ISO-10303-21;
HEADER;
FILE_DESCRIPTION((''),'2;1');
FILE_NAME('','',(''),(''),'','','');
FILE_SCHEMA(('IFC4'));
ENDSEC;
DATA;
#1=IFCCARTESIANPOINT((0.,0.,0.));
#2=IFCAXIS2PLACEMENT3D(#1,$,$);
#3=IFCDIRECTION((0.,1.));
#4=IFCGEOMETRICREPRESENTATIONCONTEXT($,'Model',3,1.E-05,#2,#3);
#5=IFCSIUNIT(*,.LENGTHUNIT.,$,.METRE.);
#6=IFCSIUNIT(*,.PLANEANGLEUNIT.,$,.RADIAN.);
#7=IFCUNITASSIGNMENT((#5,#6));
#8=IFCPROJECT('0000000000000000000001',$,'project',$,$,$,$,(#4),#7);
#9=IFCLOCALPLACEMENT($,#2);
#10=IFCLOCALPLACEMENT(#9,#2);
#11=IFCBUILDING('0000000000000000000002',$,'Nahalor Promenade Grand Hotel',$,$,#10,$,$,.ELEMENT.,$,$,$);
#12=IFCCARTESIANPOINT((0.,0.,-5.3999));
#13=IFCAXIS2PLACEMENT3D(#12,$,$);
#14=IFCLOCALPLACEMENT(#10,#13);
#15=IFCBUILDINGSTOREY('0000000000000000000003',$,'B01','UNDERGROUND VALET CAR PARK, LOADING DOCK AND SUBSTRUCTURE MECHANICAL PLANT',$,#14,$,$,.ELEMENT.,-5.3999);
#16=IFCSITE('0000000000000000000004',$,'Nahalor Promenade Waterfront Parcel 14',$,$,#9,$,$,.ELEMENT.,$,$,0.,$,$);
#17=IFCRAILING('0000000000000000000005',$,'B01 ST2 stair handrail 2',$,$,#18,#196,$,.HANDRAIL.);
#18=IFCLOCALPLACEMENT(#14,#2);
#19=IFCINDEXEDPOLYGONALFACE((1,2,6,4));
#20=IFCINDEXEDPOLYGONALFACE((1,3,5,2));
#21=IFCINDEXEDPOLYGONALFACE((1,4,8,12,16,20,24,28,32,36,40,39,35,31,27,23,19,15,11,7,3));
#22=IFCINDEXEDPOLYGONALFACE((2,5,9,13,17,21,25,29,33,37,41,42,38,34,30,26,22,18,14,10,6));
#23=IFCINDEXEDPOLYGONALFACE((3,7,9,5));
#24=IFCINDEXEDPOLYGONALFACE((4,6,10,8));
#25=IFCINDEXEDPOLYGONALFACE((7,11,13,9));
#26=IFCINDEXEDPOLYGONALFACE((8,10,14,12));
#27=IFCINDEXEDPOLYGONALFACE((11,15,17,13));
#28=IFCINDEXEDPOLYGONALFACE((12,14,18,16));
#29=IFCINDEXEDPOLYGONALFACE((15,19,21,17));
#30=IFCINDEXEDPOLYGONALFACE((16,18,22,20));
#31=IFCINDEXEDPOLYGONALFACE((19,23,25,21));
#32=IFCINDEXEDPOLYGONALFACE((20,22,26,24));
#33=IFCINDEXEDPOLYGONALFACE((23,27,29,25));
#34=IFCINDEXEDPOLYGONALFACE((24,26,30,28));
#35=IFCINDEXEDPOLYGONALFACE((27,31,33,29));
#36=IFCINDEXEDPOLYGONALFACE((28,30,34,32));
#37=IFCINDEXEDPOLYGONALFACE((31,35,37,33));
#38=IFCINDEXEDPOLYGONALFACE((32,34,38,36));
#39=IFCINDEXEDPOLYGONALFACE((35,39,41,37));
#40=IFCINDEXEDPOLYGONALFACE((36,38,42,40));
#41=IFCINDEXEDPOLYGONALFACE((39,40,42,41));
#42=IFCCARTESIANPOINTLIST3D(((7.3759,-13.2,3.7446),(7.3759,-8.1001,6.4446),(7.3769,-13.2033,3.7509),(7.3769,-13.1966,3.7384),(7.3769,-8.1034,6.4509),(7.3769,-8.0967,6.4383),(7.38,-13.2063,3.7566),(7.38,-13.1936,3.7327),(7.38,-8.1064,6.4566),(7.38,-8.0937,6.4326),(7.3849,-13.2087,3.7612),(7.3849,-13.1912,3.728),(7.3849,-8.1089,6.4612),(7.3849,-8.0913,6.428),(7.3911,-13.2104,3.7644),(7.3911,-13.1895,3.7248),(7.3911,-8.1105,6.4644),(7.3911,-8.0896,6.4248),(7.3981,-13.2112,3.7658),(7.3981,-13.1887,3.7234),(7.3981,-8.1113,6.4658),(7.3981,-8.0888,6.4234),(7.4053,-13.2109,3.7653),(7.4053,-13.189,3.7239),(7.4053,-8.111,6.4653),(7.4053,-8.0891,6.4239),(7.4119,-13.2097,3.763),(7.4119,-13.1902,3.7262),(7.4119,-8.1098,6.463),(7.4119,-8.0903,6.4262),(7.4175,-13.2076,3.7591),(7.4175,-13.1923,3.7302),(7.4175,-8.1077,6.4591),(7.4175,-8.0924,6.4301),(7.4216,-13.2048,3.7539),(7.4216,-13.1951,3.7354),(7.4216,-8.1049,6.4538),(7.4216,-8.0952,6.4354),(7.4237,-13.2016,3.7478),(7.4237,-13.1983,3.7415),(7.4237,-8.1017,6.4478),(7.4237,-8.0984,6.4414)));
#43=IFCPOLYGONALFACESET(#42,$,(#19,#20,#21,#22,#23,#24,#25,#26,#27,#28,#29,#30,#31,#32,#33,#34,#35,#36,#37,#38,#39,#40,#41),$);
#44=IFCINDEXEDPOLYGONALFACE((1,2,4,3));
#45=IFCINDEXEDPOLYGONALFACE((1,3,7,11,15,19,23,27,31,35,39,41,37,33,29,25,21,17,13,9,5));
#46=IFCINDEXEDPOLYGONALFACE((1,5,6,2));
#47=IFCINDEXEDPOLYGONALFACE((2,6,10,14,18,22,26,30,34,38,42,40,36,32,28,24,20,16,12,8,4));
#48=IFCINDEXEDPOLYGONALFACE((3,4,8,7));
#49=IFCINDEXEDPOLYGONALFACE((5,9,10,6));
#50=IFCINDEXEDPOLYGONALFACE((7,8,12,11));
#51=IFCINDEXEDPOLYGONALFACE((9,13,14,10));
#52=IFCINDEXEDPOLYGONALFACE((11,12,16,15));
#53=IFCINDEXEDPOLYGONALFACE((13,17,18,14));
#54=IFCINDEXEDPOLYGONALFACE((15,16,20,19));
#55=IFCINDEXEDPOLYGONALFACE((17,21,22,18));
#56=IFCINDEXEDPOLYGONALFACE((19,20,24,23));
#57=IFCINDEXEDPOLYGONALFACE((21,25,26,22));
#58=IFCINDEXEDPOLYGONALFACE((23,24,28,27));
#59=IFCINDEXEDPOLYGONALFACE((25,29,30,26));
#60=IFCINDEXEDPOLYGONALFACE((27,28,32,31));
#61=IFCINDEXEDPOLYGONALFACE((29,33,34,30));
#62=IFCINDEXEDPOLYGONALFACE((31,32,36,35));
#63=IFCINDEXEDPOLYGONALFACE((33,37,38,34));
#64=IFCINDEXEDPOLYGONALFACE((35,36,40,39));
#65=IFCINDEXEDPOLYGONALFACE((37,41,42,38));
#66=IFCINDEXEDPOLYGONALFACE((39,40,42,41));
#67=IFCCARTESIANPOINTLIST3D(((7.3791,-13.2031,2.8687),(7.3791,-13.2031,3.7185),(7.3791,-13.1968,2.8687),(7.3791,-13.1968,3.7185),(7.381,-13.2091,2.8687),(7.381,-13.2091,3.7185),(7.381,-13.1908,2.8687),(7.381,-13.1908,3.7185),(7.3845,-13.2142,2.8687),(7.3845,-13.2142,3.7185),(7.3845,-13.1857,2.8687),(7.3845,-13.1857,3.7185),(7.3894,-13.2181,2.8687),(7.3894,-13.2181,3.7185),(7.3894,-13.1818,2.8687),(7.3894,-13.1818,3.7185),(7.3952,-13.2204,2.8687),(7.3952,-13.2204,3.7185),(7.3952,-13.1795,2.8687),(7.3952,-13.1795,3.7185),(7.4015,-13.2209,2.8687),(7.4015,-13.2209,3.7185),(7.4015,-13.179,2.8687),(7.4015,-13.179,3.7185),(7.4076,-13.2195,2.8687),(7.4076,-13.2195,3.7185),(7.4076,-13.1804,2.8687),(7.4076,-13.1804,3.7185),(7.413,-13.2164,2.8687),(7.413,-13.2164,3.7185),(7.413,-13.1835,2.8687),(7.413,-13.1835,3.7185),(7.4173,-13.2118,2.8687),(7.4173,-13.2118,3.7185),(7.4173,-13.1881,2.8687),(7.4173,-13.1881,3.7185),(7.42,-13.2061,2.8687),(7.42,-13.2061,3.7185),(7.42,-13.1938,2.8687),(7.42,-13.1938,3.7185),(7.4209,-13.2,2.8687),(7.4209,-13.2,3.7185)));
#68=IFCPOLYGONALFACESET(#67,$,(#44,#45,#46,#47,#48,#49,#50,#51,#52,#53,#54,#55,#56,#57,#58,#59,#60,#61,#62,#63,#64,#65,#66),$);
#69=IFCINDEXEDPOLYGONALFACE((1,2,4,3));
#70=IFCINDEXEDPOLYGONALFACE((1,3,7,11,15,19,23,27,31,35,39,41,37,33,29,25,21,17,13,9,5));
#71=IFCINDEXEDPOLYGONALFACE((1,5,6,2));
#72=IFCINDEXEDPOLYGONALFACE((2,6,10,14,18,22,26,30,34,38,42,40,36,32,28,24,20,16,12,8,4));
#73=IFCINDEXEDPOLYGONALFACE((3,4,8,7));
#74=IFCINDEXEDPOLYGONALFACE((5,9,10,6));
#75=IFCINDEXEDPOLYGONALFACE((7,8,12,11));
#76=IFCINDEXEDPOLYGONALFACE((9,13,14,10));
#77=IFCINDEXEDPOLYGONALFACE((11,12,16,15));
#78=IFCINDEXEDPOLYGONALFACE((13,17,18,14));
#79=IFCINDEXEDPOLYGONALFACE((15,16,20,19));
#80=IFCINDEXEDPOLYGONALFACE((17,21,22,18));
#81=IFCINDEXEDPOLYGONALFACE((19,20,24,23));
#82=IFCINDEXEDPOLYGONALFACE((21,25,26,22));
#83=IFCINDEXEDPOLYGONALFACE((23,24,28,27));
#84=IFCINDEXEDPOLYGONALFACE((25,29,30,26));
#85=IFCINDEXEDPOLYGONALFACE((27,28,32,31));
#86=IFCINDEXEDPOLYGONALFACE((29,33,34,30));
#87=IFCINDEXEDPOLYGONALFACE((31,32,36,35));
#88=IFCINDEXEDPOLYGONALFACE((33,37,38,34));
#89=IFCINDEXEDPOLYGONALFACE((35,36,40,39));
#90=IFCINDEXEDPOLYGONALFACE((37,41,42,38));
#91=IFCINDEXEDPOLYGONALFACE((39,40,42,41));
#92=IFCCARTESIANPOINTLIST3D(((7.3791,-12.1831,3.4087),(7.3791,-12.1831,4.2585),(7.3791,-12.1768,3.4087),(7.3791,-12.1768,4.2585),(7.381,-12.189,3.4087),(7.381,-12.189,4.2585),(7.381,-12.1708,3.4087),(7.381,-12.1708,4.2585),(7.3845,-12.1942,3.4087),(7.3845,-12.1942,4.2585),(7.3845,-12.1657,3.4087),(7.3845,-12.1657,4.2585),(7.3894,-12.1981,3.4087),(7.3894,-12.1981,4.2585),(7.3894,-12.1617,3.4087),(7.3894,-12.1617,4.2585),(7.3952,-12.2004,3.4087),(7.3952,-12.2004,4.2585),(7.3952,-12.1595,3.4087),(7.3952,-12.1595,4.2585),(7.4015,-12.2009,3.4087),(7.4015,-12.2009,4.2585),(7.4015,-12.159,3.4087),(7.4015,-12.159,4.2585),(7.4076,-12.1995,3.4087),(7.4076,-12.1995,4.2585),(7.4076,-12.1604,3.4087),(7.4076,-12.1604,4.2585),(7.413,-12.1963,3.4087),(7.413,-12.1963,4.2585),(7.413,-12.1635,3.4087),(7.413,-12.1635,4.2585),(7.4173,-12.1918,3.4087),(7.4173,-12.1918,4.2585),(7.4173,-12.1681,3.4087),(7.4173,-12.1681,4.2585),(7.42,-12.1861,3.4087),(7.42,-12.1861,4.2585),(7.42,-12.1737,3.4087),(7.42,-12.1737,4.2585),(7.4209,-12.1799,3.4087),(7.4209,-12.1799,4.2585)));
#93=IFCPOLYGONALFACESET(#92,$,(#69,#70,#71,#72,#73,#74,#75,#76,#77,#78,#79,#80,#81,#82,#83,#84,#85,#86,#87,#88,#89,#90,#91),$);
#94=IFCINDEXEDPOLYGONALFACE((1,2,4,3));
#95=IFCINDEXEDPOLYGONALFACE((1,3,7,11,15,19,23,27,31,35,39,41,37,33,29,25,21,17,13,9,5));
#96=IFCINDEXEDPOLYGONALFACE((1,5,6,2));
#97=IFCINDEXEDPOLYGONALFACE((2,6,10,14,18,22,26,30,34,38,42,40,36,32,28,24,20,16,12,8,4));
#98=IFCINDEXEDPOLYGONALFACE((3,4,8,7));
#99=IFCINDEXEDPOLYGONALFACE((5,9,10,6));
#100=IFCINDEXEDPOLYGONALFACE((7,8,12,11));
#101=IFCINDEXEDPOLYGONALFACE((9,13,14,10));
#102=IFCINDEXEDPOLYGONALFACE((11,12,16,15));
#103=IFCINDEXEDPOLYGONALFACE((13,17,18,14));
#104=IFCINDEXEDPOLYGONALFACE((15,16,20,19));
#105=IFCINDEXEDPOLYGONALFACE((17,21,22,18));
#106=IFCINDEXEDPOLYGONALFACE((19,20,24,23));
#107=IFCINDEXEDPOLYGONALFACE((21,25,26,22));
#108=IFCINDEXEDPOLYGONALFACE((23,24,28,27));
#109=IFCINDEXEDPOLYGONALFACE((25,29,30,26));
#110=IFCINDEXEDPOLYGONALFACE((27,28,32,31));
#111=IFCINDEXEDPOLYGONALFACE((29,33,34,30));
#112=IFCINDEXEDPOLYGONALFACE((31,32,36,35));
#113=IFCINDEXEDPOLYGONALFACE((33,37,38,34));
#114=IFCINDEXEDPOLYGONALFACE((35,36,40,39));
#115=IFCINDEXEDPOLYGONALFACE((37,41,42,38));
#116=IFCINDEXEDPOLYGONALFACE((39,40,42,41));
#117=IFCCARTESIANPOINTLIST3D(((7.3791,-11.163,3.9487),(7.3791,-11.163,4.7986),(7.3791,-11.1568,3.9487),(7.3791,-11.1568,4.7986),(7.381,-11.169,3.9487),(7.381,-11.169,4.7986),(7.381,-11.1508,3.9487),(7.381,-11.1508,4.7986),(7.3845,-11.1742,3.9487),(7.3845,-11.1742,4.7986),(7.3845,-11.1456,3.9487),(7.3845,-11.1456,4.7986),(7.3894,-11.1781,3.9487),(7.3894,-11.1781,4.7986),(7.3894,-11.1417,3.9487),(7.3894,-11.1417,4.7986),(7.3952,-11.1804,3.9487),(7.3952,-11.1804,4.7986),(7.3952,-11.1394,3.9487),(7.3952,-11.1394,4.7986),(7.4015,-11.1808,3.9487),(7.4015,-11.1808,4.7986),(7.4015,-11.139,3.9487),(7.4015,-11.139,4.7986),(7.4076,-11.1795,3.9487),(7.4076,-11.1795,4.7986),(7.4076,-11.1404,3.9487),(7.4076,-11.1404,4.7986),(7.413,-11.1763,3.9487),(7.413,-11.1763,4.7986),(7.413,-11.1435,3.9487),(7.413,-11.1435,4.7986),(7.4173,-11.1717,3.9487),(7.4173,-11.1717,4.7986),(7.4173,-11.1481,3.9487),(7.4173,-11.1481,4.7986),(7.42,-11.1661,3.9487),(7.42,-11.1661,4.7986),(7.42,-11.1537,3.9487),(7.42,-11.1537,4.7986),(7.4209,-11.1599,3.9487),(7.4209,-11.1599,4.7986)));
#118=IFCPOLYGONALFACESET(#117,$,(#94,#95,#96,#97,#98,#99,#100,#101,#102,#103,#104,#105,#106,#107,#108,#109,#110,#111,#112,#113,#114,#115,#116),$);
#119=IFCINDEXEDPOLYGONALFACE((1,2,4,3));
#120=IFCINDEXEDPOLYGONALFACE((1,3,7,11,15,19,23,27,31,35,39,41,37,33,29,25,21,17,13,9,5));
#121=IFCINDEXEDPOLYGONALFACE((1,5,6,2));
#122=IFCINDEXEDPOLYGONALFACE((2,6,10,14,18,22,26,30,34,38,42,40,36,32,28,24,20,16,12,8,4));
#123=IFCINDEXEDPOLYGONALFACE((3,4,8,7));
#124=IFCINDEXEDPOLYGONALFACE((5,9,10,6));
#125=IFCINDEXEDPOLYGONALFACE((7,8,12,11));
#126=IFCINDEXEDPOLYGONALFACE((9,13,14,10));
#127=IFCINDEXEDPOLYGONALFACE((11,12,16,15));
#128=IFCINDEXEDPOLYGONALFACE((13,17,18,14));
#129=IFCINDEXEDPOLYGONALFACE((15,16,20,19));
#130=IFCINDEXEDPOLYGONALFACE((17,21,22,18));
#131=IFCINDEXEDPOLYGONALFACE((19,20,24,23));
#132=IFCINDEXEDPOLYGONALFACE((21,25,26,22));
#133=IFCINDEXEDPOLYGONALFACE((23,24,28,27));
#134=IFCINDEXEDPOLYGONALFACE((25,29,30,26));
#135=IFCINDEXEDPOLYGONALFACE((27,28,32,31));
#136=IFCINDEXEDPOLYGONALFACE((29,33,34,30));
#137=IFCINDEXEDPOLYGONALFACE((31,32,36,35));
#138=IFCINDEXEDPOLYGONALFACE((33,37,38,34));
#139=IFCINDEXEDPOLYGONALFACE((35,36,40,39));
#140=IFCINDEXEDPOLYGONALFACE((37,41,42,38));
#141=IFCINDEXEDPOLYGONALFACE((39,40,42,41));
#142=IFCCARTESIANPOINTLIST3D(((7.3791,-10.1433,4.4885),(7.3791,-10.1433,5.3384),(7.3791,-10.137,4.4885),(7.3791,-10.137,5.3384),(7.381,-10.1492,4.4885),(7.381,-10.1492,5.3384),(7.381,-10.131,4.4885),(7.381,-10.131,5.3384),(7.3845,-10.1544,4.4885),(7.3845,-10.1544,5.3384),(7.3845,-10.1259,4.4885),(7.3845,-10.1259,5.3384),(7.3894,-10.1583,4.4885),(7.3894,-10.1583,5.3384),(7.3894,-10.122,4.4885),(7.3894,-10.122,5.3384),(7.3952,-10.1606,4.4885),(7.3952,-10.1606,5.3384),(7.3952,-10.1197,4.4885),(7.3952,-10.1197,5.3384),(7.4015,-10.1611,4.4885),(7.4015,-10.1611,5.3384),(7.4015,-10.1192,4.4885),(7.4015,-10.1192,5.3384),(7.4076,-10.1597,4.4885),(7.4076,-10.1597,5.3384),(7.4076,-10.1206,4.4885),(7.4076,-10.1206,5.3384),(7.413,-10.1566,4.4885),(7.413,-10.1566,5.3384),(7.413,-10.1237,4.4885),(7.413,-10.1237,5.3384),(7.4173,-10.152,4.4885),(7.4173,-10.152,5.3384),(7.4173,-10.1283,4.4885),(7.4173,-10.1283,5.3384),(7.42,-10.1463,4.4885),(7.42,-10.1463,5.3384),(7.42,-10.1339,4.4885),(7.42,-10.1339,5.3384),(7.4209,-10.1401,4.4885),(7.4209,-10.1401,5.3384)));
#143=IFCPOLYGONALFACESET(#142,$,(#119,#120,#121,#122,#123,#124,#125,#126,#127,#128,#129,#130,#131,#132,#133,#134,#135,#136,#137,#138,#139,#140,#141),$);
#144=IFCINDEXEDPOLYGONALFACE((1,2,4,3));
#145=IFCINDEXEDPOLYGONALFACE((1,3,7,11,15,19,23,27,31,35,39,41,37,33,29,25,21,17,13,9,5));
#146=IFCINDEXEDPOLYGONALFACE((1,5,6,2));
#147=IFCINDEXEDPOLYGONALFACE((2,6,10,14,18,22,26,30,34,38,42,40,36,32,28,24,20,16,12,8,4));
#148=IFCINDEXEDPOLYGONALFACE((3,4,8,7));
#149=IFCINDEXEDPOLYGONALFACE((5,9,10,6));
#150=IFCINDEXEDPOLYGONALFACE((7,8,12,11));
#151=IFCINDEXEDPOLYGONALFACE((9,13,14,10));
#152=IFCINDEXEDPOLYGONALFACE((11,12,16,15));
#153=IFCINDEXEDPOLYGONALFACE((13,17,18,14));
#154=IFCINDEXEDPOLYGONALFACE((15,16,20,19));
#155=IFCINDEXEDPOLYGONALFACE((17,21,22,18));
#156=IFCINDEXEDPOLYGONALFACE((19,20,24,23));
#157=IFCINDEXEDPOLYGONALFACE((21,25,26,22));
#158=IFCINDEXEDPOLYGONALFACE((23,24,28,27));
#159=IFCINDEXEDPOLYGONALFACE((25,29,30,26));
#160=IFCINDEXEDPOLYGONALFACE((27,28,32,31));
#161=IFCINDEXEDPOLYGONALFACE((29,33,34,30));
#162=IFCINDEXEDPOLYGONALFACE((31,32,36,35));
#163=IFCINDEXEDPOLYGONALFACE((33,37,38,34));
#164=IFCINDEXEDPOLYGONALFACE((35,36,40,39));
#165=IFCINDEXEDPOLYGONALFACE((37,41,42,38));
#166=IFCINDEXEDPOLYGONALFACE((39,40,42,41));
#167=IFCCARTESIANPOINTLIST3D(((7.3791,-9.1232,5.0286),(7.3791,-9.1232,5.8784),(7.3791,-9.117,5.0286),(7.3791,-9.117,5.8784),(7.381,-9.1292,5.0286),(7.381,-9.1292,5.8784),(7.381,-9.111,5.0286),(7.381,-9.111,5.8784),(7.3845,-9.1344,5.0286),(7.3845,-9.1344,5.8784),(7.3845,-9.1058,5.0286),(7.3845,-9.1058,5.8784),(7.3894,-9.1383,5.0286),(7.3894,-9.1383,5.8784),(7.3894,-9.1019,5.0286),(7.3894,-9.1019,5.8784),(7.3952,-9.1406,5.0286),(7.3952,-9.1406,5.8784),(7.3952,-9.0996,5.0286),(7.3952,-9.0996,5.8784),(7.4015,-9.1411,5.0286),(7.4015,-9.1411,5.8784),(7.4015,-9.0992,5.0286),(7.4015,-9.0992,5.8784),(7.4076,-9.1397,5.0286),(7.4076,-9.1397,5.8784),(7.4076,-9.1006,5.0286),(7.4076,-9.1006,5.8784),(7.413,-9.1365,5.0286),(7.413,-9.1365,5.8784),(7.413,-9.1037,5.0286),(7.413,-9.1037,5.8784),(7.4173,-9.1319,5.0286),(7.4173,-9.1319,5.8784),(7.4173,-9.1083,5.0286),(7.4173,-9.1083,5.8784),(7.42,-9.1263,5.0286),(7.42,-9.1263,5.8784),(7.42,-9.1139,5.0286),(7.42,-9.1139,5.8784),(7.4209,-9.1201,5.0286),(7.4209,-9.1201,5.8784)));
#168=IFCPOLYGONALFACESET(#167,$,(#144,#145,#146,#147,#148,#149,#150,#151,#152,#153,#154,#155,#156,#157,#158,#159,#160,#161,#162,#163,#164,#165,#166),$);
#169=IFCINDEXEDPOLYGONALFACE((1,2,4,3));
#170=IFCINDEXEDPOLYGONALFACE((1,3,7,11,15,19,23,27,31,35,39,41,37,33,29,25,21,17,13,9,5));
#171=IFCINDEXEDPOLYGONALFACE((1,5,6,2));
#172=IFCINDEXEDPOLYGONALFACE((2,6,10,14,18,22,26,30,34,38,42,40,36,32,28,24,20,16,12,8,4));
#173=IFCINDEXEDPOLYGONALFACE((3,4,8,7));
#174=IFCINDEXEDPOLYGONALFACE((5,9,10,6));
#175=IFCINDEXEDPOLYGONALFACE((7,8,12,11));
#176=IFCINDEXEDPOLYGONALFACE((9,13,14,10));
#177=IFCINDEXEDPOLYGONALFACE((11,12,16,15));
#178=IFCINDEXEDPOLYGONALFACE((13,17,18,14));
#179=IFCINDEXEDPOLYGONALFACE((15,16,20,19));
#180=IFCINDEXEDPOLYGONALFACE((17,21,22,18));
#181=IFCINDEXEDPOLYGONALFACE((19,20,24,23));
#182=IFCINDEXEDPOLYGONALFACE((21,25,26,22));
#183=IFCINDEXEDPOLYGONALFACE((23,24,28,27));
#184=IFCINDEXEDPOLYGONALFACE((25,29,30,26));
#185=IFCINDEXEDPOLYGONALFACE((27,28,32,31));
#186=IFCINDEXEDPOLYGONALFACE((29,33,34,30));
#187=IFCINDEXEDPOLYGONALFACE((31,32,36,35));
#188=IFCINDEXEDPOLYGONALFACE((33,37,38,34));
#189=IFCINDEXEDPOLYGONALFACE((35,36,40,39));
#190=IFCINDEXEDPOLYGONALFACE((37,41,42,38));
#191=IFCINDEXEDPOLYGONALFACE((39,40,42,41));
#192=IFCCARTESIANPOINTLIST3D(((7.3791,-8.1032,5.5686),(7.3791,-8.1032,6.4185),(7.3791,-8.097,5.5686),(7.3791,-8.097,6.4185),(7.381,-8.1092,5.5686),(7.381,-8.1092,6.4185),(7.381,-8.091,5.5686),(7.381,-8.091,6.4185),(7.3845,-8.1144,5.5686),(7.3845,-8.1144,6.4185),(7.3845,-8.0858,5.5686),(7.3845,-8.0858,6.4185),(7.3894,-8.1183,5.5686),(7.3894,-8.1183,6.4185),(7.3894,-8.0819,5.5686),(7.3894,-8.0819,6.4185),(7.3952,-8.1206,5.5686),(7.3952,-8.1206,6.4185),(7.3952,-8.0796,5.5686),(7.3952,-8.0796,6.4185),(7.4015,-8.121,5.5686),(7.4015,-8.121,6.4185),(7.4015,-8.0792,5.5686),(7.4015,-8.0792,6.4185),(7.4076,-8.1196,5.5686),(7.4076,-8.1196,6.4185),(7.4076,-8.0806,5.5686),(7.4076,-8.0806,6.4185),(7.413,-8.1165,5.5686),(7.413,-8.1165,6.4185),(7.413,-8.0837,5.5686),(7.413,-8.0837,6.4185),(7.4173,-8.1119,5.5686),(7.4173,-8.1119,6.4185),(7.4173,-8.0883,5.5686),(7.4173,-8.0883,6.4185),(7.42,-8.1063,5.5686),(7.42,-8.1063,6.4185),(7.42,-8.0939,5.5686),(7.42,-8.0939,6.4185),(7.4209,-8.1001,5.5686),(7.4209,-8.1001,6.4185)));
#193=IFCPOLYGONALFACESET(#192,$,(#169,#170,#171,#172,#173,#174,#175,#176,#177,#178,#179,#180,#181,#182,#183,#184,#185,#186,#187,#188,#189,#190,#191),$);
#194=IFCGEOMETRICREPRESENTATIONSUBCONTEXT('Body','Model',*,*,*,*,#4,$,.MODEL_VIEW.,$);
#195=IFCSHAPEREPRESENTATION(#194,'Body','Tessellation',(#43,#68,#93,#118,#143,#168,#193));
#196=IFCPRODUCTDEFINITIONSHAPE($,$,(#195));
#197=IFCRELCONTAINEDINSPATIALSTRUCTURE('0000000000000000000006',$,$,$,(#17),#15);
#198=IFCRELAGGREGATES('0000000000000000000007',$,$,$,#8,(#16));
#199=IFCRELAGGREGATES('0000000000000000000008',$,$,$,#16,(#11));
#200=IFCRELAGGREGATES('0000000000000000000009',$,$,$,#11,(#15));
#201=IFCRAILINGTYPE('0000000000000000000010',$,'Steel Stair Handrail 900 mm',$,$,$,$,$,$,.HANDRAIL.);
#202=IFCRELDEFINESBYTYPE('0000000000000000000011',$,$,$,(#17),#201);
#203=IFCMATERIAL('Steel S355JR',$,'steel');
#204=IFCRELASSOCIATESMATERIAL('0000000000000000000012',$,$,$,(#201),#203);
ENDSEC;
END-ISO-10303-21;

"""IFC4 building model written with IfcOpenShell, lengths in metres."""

from ifc_helpers import new_model, si_unit, direction, frame, origin, origin_2d, place, context, subcontext, project, spatial, circle, extrude, material, type_object, element, save


model = new_model("IFC4")

# Units and contexts
model_context = context("Model", 3, precision=1e-05, world=origin(), true_north=direction((0.0, 1.0)))
body_context = subcontext(model_context, "Body", "Model", "MODEL_VIEW")
ifc_project = project(units=[si_unit("LENGTHUNIT", "METRE"), si_unit("PLANEANGLEUNIT", "RADIAN")], contexts=[model_context])

# Site, building, storey
site_placement = place(None, origin())
site = spatial("IfcSite", under=ifc_project, at=site_placement, Name="Nahalor Promenade Waterfront Parcel 14", CompositionType="ELEMENT", RefElevation=0.0)
building_placement = place(site_placement, origin())
building = spatial("IfcBuilding", under=site, at=building_placement, Name="Nahalor Promenade Grand Hotel", CompositionType="ELEMENT")
storey_placement = place(building_placement, frame((0.0, 0.0, -5.3999)))
storey = spatial("IfcBuildingStorey", under=building, at=storey_placement, Name="B01", Description="UNDERGROUND VALET CAR PARK, LOADING DOCK AND SUBSTRUCTURE MECHANICAL PLANT", CompositionType="ELEMENT", Elevation=-5.3999)

# Shared definitions
ifc_material_1 = material(Name="Steel S355JR", Category="steel")

# Railing
railing_type_1 = type_object("IfcRailingType", Name="Steel Stair Handrail 900 mm", PredefinedType="HANDRAIL", material=ifc_material_1)
railing_1_placement = place(storey_placement, frame((7.3999, -13.2, 2.8687)))
element("IfcRailing", 1, at=railing_1_placement, inside=storey, type_object=railing_type_1, Name="B01 ST2 stair handrail 2", PredefinedType="HANDRAIL", context=body_context, shape_type="SweptSolid", body=[
    extrude(circle(Radius=0.024, at=origin_2d()), frame((0.0, 0.0, 0.876), z_axis=(0.0, 0.883786, 0.467892), x_axis=(-1.0, 0.0, 0.0)), (0.0, 0.0, 1.0), 5.7705),
    extrude(circle(Radius=0.021, at=origin_2d()), origin(), (0.0, 0.0, 1.0), 0.8499),
    extrude(circle(Radius=0.021, at=origin_2d()), frame((0.0, 1.02, 0.54)), (0.0, 0.0, 1.0), 0.8499),
    extrude(circle(Radius=0.021, at=origin_2d()), frame((0.0, 2.04, 1.0801)), (0.0, 0.0, 1.0), 0.8499),
    extrude(circle(Radius=0.021, at=origin_2d()), frame((0.0, 3.0598, 1.6199)), (0.0, 0.0, 1.0), 0.8499),
    extrude(circle(Radius=0.021, at=origin_2d()), frame((0.0, 4.0798, 2.1599)), (0.0, 0.0, 1.0), 0.8499),
    extrude(circle(Radius=0.021, at=origin_2d()), frame((0.0, 5.0999, 2.7)), (0.0, 0.0, 1.0), 0.8499),
])

save(model, "model.ifc")
